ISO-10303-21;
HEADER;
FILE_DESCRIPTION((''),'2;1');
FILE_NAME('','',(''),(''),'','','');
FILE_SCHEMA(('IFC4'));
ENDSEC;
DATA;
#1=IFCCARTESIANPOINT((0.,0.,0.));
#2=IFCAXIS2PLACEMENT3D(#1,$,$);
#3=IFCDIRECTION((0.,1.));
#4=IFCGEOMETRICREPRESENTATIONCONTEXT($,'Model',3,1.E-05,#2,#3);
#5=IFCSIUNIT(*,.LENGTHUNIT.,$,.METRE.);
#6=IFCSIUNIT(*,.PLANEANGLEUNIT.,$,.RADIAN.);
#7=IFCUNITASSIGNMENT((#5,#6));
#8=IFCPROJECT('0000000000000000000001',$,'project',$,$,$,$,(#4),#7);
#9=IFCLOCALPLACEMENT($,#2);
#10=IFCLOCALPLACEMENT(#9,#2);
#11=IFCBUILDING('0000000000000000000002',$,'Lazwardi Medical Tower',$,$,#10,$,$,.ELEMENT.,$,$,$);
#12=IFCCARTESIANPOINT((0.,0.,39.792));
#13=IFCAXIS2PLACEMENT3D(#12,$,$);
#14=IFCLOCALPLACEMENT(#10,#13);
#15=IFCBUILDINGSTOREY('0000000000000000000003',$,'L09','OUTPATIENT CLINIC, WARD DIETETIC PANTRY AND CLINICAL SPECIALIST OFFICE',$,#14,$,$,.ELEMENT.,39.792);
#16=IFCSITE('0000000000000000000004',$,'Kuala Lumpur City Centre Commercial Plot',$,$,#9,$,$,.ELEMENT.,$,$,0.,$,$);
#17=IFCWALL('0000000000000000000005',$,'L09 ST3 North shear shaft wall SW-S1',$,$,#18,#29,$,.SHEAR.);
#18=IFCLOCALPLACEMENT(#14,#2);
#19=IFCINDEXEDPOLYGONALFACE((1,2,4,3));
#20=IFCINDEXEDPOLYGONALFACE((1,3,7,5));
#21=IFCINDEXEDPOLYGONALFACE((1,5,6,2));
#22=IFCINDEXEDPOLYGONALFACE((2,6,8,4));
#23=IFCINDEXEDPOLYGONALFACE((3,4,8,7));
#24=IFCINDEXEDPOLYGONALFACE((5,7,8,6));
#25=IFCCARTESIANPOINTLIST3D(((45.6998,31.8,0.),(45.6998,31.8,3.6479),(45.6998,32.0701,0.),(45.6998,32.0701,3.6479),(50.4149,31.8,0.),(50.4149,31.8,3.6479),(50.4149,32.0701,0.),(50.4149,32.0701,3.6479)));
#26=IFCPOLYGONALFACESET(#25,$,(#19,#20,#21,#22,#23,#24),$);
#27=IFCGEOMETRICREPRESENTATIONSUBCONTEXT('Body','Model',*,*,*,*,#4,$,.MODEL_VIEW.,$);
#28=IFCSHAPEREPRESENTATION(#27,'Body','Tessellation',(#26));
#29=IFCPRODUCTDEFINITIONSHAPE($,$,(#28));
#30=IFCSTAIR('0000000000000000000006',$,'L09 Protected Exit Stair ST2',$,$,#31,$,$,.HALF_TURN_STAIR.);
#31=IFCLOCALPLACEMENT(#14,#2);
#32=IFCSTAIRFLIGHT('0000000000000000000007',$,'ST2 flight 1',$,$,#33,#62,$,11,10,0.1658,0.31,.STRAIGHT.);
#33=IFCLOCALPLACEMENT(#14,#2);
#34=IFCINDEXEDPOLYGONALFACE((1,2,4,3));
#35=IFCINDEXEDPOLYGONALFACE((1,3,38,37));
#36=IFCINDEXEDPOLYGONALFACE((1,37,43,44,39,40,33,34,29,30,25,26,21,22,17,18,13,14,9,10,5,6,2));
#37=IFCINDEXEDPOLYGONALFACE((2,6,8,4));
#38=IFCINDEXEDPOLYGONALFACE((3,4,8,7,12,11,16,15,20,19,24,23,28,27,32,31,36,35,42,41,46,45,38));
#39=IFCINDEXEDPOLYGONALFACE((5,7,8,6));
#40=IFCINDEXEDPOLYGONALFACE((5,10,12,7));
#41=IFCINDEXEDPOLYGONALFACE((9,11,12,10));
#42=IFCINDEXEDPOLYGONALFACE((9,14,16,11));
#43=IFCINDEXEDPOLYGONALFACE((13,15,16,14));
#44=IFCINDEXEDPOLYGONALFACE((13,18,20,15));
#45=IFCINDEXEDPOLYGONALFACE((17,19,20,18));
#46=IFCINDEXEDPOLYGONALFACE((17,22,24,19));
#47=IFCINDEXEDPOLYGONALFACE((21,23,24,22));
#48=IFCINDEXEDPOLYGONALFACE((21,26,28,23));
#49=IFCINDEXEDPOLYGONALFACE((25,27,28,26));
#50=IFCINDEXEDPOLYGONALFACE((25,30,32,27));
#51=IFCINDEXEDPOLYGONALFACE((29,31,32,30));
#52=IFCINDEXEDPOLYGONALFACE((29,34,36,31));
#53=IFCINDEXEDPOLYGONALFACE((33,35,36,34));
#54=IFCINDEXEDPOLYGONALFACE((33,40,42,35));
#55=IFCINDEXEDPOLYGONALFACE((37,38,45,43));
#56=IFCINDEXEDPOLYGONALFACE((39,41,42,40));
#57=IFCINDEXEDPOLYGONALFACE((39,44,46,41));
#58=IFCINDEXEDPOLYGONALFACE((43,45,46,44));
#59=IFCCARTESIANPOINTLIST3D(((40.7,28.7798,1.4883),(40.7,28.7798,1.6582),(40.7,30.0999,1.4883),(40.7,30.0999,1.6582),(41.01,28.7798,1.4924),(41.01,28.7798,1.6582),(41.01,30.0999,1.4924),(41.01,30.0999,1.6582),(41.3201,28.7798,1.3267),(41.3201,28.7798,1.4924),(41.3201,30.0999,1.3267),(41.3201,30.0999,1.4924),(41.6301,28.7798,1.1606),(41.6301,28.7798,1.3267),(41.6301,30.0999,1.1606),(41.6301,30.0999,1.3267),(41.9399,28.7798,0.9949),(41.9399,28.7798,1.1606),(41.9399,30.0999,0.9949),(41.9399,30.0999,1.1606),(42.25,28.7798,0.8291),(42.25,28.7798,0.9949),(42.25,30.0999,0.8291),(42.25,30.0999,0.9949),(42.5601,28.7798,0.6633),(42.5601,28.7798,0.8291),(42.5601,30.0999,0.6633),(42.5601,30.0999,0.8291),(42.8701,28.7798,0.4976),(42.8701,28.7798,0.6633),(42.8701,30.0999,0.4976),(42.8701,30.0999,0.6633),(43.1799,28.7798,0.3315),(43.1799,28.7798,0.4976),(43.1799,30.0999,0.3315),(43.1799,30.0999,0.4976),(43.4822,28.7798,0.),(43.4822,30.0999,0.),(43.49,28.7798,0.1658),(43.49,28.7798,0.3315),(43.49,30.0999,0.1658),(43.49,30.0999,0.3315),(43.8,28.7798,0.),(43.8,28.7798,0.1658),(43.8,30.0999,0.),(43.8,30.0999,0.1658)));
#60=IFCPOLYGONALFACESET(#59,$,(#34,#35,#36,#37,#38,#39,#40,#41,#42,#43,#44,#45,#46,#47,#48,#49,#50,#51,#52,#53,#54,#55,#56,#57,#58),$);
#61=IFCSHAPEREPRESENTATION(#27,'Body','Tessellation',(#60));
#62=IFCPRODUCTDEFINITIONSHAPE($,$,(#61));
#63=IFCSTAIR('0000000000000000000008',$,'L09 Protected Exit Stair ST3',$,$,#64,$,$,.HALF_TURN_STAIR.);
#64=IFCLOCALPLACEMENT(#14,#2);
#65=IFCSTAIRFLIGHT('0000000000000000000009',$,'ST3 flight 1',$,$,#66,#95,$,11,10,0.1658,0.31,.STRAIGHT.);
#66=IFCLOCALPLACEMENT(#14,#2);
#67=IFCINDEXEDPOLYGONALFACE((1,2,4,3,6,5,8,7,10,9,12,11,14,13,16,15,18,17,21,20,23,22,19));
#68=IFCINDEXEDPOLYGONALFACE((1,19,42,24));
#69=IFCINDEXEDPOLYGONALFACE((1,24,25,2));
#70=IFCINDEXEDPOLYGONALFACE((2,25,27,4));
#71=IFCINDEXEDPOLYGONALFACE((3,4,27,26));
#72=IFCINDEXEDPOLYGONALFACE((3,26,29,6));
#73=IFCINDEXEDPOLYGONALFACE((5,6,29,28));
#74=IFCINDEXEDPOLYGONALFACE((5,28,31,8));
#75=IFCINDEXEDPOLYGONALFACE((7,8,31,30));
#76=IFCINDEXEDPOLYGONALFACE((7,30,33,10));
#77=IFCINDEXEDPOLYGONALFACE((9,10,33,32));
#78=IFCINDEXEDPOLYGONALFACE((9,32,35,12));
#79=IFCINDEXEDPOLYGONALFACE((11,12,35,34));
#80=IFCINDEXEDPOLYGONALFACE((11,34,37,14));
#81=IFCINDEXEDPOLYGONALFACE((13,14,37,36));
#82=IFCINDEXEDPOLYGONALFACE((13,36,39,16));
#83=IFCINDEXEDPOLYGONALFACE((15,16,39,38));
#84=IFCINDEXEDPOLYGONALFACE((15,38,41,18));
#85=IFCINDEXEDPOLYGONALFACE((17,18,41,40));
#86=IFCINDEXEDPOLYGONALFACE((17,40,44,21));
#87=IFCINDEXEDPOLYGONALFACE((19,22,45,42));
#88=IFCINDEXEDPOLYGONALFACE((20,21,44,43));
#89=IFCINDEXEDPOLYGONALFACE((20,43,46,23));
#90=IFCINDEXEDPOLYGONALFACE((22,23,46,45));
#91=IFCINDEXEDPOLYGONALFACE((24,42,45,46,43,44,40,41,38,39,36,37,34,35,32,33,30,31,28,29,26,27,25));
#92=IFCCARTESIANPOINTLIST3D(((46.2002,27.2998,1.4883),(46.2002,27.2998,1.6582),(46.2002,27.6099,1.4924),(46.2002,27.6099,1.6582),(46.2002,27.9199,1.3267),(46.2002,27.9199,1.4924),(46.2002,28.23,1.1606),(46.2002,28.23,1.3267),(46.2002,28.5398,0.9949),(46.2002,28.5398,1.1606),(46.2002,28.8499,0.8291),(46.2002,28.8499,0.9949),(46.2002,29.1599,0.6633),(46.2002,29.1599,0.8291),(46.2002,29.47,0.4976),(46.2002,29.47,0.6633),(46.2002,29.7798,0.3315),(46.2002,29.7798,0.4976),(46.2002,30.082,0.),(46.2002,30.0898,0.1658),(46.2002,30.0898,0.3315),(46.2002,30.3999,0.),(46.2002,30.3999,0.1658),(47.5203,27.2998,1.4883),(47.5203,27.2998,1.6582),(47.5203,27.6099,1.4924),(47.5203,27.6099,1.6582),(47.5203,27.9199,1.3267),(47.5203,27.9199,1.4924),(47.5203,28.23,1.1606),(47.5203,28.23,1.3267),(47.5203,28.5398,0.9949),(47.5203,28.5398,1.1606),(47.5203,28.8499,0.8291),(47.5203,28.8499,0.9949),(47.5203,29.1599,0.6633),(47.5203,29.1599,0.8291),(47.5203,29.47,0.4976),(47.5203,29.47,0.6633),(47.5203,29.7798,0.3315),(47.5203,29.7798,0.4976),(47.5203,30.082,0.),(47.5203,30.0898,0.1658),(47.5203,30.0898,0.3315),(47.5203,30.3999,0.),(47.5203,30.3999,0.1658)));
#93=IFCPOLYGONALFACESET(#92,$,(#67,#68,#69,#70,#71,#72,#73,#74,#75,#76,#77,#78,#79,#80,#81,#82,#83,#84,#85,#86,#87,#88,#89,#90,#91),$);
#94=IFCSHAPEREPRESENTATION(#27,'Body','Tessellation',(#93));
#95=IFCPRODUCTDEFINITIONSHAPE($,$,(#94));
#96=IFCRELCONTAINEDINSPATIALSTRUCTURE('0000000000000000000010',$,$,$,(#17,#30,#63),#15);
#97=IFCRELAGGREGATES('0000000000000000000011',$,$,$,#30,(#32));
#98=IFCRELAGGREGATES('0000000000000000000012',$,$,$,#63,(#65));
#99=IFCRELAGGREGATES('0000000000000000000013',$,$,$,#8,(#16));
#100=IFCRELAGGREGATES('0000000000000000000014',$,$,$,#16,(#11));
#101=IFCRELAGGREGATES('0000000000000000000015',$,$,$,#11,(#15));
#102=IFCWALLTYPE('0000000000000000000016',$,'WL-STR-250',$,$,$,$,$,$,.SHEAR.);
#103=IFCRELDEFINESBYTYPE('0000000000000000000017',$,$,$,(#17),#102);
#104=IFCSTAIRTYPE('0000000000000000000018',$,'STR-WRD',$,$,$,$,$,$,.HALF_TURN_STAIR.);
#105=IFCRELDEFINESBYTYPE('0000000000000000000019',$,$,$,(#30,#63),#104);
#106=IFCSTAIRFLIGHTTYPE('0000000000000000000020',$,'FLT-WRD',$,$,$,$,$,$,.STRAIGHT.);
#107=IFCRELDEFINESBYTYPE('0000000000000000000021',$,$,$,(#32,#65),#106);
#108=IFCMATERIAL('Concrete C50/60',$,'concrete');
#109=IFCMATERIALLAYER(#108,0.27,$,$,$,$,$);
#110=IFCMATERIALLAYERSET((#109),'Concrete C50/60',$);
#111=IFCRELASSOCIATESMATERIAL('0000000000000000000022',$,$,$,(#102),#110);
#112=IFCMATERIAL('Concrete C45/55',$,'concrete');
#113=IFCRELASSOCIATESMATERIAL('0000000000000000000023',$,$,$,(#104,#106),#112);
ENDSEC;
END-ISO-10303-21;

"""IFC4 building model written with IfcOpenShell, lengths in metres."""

from ifc_helpers import new_model, si_unit, direction, frame, frame_2d, origin, place, context, subcontext, project, spatial, polyline, rectangle, outline, extrude, material, layer, layer_set, type_object, element, aggregate, save


model = new_model("IFC4")

# Units and contexts
model_context = context("Model", 3, precision=1e-05, world=origin(), true_north=direction((0.0, 1.0)))
body_context = subcontext(model_context, "Body", "Model", "MODEL_VIEW")
ifc_project = project(units=[si_unit("LENGTHUNIT", "METRE"), si_unit("PLANEANGLEUNIT", "RADIAN")], contexts=[model_context])

# Site, building, storey
site_placement = place(None, origin())
site = spatial("IfcSite", under=ifc_project, at=site_placement, Name="Kuala Lumpur City Centre Commercial Plot", CompositionType="ELEMENT", RefElevation=0.0)
building_placement = place(site_placement, origin())
building = spatial("IfcBuilding", under=site, at=building_placement, Name="Lazwardi Medical Tower", CompositionType="ELEMENT")
storey_placement = place(building_placement, frame((0.0, 0.0, 39.792)))
storey = spatial("IfcBuildingStorey", under=building, at=storey_placement, Name="L09", Description="OUTPATIENT CLINIC, WARD DIETETIC PANTRY AND CLINICAL SPECIALIST OFFICE", CompositionType="ELEMENT", Elevation=39.792)

# Shared definitions
ifc_material_1 = material(Name="Concrete C50/60", Category="concrete")
ifc_layer_1 = layer(ifc_material_1, 0.27)
ifc_layer_set_1 = layer_set([ifc_layer_1], Name="Concrete C50/60")
wall_type_1 = type_object("IfcWallType", Name="WL-STR-250", PredefinedType="SHEAR", material=ifc_layer_set_1)

# Wall
wall_1_placement = place(storey_placement, frame((45.7, 31.9351, 0.0), z_axis=(0.0, 0.0, 1.0), x_axis=(1.0, 0.0, 0.0)))
element("IfcWall", 1, at=wall_1_placement, inside=storey, type_object=wall_type_1, Name="L09 ST3 North shear shaft wall SW-S1", PredefinedType="SHEAR", context=body_context, shape_type="SweptSolid", body=[
    extrude(rectangle(XDim=4.7151, YDim=0.27, at=frame_2d((2.3574, 0.0))), origin(), (0.0, 0.0, 1.0), 3.6479),
])

# Stairs, stair flights
ifc_material_2 = material(Name="Concrete C45/55", Category="concrete")
stair_type = type_object("IfcStairType", Name="STR-WRD", PredefinedType="HALF_TURN_STAIR", material=ifc_material_2)
stair_1_placement = place(storey_placement, origin())
stair_1 = element("IfcStair", 2, at=stair_1_placement, inside=storey, type_object=stair_type, Name="L09 Protected Exit Stair ST2", PredefinedType="HALF_TURN_STAIR")
stair_flight_type = type_object("IfcStairFlightType", Name="FLT-WRD", PredefinedType="STRAIGHT", material=ifc_material_2)
stair_flight_1_placement = place(storey_placement, frame((43.8, 29.4399, 0.0), z_axis=(0.0, 0.0, 1.0), x_axis=(-1.0, 0.0, 0.0)))
stair_flight_1 = element("IfcStairFlight", 3, at=stair_flight_1_placement, type_object=stair_flight_type, Name="ST2 flight 1", NumberOfRisers=11, NumberOfTreads=10, PredefinedType="STRAIGHT", RiserHeight=0.1658, TreadLength=0.31, context=body_context, shape_type="SweptSolid", body=[
    extrude(outline(polyline([(0.0, 0.0), (0.0, 0.1658), (0.3101, 0.1658), (0.3101, 0.3315), (0.6201, 0.3315), (0.6201, 0.4976), (0.9299, 0.4976), (0.9299, 0.6633), (1.24, 0.6633), (1.24, 0.8291), (1.55, 0.8291), (1.55, 0.9949), (1.8601, 0.9949), (1.8601, 1.1606), (2.1699, 1.1606), (2.1699, 1.3267), (2.48, 1.3267), (2.48, 1.4924), (2.79, 1.4924), (2.79, 1.6582), (3.1001, 1.6582), (3.1001, 1.824), (3.1001, 1.4883), (0.3179, 0.0), (0.0, 0.0)])), frame((0.0, 0.6602, 0.0), z_axis=(0.0, -1.0, 0.0), x_axis=(1.0, 0.0, 0.0)), (0.0, 0.0, 1.0), 1.3201),
])
aggregate(stair_1, [stair_flight_1])
stair_2_placement = place(storey_placement, origin())
stair_2 = element("IfcStair", 4, at=stair_2_placement, inside=storey, type_object=stair_type, Name="L09 Protected Exit Stair ST3", PredefinedType="HALF_TURN_STAIR")
stair_flight_2_placement = place(storey_placement, frame((46.8601, 30.3999, 0.0), z_axis=(0.0, 0.0, 1.0), x_axis=(0.0, -1.0, 0.0)))
stair_flight_2 = element("IfcStairFlight", 5, at=stair_flight_2_placement, type_object=stair_flight_type, Name="ST3 flight 1", NumberOfRisers=11, NumberOfTreads=10, PredefinedType="STRAIGHT", RiserHeight=0.1658, TreadLength=0.31, context=body_context, shape_type="SweptSolid", body=[
    extrude(outline(polyline([(0.0, 0.0), (0.0, 0.1658), (0.3101, 0.1658), (0.3101, 0.3315), (0.6201, 0.3315), (0.6201, 0.4976), (0.9299, 0.4976), (0.9299, 0.6633), (1.24, 0.6633), (1.24, 0.8291), (1.55, 0.8291), (1.55, 0.9949), (1.8601, 0.9949), (1.8601, 1.1606), (2.1699, 1.1606), (2.1699, 1.3267), (2.48, 1.3267), (2.48, 1.4924), (2.79, 1.4924), (2.79, 1.6582), (3.1001, 1.6582), (3.1001, 1.824), (3.1001, 1.4883), (0.3179, 0.0), (0.0, 0.0)])), frame((0.0, 0.6602, 0.0), z_axis=(0.0, -1.0, 0.0), x_axis=(1.0, 0.0, 0.0)), (0.0, 0.0, 1.0), 1.3201),
])
aggregate(stair_2, [stair_flight_2])

save(model, "model.ifc")
